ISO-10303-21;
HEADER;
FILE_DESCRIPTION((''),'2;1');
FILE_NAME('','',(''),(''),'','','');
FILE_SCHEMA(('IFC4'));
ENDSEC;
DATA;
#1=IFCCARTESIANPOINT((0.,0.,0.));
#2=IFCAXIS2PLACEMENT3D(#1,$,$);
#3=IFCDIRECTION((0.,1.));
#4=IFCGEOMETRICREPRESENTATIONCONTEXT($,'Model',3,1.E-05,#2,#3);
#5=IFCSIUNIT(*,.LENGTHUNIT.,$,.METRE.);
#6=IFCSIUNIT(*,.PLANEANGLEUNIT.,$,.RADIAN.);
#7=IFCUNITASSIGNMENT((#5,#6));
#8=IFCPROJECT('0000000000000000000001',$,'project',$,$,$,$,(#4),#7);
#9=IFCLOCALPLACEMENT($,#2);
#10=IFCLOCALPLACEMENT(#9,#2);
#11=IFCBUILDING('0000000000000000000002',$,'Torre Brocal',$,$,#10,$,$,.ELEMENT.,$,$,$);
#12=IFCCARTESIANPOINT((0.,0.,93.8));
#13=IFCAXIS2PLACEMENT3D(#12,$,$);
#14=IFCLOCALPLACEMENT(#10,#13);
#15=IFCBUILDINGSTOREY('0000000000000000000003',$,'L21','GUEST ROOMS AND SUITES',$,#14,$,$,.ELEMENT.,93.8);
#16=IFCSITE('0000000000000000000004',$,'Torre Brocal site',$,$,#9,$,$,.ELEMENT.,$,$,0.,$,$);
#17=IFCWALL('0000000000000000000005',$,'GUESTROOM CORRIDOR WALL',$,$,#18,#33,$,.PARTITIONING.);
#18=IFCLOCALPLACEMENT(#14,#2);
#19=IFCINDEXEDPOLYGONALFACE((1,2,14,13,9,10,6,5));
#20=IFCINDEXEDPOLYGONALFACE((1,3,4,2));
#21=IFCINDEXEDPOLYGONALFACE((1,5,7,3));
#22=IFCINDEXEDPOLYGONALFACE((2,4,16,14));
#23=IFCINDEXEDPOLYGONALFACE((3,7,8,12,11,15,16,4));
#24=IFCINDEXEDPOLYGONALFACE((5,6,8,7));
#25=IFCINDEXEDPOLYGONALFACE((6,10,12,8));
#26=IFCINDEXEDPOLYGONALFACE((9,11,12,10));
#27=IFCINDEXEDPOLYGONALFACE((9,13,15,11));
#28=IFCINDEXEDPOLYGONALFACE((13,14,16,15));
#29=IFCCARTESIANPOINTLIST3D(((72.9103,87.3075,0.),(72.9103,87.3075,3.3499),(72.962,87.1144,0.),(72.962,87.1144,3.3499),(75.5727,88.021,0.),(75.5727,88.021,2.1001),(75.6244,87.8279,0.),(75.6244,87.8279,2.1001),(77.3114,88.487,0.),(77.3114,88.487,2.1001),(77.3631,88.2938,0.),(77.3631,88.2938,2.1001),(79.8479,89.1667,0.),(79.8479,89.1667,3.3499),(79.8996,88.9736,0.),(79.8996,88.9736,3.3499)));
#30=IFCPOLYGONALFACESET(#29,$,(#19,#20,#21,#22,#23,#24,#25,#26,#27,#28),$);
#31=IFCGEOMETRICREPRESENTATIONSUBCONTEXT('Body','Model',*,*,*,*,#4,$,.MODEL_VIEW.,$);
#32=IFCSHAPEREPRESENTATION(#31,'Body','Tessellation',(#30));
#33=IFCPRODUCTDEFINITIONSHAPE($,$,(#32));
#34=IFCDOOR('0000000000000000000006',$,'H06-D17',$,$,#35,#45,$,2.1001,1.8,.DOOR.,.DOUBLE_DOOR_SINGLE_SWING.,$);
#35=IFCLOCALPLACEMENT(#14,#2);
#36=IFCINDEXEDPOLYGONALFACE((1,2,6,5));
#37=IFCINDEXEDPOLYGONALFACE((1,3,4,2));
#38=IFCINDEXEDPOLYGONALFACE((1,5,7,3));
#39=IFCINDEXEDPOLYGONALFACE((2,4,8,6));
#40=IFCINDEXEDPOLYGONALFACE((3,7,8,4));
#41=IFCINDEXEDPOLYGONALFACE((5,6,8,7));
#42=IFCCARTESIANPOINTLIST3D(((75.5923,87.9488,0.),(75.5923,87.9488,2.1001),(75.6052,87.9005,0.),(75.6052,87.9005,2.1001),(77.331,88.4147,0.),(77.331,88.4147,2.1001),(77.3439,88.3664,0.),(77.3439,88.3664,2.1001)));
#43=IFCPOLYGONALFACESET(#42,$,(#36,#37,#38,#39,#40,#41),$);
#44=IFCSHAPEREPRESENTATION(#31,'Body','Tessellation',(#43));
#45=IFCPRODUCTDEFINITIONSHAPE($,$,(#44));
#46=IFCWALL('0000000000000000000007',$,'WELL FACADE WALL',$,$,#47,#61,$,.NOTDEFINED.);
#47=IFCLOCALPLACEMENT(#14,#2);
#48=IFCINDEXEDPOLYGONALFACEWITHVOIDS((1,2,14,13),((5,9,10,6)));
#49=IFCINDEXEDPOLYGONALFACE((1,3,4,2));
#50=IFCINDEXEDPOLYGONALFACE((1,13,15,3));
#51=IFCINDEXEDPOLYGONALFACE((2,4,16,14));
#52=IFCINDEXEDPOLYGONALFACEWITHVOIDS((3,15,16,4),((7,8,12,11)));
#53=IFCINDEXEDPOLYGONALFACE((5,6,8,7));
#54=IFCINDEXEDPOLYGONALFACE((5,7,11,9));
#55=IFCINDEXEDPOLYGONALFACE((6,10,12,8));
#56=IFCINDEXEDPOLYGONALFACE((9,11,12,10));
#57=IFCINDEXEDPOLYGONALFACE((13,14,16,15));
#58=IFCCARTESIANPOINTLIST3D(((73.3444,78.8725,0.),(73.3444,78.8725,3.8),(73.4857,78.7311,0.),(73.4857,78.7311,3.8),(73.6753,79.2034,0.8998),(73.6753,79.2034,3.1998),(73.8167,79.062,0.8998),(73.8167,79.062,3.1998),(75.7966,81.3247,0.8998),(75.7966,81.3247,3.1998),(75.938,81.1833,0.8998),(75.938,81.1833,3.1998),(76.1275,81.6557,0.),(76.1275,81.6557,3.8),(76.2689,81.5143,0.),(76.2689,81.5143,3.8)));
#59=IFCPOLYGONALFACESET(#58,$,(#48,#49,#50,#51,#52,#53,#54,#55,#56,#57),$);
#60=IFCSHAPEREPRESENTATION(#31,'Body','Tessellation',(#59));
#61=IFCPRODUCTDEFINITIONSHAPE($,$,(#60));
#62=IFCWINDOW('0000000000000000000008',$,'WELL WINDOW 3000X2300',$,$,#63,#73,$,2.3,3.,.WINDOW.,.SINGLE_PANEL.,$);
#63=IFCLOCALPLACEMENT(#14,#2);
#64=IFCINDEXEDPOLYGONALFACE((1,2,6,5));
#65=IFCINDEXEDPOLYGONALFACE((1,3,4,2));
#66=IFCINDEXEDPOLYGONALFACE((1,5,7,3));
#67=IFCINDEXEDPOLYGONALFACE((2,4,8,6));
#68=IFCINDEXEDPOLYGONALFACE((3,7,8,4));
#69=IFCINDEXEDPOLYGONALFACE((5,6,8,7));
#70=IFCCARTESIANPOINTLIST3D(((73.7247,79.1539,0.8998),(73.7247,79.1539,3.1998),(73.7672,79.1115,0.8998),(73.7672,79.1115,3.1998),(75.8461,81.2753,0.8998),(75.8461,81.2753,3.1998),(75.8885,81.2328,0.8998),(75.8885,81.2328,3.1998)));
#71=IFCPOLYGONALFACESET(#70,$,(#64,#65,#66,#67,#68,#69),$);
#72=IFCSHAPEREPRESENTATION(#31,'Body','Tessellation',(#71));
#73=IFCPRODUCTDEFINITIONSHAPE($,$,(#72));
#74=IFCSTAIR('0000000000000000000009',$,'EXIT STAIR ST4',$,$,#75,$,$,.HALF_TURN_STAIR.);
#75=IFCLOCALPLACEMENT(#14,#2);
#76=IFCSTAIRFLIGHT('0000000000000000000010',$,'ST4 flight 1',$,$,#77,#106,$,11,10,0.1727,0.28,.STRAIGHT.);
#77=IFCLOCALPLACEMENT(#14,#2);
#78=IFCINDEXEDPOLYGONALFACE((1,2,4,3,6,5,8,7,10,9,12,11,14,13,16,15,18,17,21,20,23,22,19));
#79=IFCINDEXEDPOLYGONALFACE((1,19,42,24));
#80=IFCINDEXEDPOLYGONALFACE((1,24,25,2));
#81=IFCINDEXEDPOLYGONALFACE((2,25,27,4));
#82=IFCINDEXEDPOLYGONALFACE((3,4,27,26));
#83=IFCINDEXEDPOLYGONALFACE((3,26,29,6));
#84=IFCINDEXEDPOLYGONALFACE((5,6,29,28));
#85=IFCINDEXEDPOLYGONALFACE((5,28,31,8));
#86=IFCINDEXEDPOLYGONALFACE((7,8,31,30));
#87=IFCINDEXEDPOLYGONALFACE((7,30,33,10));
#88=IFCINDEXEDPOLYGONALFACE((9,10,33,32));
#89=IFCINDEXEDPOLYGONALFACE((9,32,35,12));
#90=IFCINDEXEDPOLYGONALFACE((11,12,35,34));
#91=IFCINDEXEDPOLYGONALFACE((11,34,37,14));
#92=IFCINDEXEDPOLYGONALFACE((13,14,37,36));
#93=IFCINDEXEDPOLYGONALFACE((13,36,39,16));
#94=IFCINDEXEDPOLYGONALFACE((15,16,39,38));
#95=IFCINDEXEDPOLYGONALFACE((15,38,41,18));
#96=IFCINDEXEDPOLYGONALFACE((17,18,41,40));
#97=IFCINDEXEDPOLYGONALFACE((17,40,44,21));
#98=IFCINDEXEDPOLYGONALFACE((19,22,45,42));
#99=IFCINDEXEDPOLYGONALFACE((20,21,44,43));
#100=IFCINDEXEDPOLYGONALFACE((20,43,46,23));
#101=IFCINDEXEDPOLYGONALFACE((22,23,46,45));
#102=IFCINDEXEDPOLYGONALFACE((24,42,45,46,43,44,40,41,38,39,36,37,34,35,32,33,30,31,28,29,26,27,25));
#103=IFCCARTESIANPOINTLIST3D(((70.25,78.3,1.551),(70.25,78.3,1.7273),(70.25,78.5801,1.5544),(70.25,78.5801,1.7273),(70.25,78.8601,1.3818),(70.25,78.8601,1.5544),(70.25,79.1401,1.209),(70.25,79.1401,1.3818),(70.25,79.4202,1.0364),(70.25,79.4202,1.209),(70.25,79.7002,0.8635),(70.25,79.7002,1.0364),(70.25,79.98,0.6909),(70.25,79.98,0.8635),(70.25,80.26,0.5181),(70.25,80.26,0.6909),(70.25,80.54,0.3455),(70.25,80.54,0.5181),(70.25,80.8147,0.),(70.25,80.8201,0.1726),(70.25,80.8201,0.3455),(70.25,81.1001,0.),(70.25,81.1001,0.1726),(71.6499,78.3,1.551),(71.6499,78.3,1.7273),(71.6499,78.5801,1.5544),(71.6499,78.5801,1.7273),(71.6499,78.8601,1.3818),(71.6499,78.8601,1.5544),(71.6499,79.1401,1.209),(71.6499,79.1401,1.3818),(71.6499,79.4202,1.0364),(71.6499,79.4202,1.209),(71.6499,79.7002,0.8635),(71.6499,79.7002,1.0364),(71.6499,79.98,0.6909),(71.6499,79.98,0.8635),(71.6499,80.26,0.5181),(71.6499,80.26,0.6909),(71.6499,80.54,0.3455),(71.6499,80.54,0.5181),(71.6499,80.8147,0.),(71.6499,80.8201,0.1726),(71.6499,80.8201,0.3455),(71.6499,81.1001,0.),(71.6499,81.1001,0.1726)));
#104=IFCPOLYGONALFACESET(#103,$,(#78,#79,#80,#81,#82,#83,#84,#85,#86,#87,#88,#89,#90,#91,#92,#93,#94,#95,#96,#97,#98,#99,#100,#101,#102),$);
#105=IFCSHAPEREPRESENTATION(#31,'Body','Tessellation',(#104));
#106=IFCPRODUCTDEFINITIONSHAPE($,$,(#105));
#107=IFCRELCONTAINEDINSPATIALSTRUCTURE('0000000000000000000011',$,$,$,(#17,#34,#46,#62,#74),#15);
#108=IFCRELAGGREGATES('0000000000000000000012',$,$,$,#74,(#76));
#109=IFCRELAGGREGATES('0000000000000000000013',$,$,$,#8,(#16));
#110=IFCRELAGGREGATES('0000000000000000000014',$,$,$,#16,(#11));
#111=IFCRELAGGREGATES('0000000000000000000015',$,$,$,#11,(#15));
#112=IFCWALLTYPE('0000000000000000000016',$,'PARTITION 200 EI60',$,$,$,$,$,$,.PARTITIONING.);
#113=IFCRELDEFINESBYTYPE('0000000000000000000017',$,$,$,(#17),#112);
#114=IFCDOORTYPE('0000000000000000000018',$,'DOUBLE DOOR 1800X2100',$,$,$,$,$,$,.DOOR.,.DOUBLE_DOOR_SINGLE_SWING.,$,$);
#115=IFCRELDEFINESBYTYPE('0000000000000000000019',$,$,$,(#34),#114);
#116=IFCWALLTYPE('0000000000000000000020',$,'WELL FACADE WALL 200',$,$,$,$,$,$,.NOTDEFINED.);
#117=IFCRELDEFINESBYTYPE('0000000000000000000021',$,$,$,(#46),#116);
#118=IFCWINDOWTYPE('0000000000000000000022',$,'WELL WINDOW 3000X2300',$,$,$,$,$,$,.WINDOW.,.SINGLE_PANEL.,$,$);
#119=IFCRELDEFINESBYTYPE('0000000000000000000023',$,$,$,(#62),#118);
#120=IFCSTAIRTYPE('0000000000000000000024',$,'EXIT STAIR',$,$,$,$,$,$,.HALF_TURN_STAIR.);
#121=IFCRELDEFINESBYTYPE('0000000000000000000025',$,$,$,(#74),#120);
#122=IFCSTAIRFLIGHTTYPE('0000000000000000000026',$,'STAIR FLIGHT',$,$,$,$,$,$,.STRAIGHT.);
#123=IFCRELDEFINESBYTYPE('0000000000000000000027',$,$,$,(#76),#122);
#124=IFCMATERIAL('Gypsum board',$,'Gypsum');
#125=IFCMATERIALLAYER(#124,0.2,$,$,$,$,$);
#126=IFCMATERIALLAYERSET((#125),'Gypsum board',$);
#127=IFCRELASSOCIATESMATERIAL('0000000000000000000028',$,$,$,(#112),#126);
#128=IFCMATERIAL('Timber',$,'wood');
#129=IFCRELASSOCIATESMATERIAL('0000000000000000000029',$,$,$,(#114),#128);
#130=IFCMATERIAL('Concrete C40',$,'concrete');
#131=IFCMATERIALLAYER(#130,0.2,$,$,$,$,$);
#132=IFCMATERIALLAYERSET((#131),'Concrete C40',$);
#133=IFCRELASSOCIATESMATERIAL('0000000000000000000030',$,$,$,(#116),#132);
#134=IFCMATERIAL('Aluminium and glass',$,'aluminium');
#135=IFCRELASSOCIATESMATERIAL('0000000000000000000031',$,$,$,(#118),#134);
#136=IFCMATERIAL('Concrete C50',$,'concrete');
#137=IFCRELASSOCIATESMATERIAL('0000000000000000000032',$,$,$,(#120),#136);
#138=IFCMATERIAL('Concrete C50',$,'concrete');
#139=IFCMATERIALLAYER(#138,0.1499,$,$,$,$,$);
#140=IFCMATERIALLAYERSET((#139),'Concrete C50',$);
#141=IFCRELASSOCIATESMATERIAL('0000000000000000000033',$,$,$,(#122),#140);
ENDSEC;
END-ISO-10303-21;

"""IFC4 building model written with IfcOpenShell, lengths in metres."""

from ifc_helpers import new_model, si_unit, direction, frame, frame_2d, origin, place, context, subcontext, project, spatial, polyline, rectangle, outline, extrude, material, layer, layer_set, type_object, element, fill, aggregate, save


model = new_model("IFC4")

# Units and contexts
model_context = context("Model", 3, precision=1e-05, world=origin(), true_north=direction((0.0, 1.0)))
body_context = subcontext(model_context, "Body", "Model", "MODEL_VIEW")
ifc_project = project(units=[si_unit("LENGTHUNIT", "METRE"), si_unit("PLANEANGLEUNIT", "RADIAN")], contexts=[model_context])

# Site, building, storey
site_placement = place(None, origin())
site = spatial("IfcSite", under=ifc_project, at=site_placement, Name="Torre Brocal site", CompositionType="ELEMENT", RefElevation=0.0)
building_placement = place(site_placement, origin())
building = spatial("IfcBuilding", under=site, at=building_placement, Name="Torre Brocal", CompositionType="ELEMENT")
storey_placement = place(building_placement, frame((0.0, 0.0, 93.8)))
storey = spatial("IfcBuildingStorey", under=building, at=storey_placement, Name="L21", Description="GUEST ROOMS AND SUITES", CompositionType="ELEMENT", Elevation=93.8)

# Shared definitions
ifc_material_1 = material(Name="Gypsum board", Category="Gypsum")
ifc_layer_1 = layer(ifc_material_1, 0.2)
ifc_layer_set_1 = layer_set([ifc_layer_1], Name="Gypsum board")
wall_type_1 = type_object("IfcWallType", Name="PARTITION 200 EI60", PredefinedType="PARTITIONING", material=ifc_layer_set_1)

# Wall, opening, door
wall_1_placement = place(storey_placement, frame((72.936, 87.2109, 0.0), z_axis=(0.0, 0.0, 1.0), x_axis=(0.965918, 0.258849, 0.0)))
wall_1 = element("IfcWall", 1, at=wall_1_placement, inside=storey, type_object=wall_type_1, Name="GUESTROOM CORRIDOR WALL", PredefinedType="PARTITIONING", context=body_context, shape_type="SweptSolid", body=[
    extrude(rectangle(XDim=7.1824, YDim=0.2, at=frame_2d((3.5913, 0.0))), origin(), (0.0, 0.0, 1.0), 3.3499),
])
opening_1_placement = place(wall_1_placement, frame((2.7566, 0.0, 0.0)))
opening_1 = element("IfcOpeningElement", 2, at=opening_1_placement, cuts=wall_1, PredefinedType="OPENING", context=body_context, shape_type="SweptSolid", body=[
    extrude(rectangle(XDim=1.8, YDim=2.1001, at=frame_2d((0.8999, 1.05))), frame((0.0, 0.1099, 0.0), z_axis=(0.0, -1.0, 0.0), x_axis=(1.0, 0.0, 0.0)), (0.0, 0.0, 1.0), 0.22),
])
ifc_material_2 = material(Name="Timber", Category="wood")
door_type_1 = type_object("IfcDoorType", Name="DOUBLE DOOR 1800X2100", OperationType="DOUBLE_DOOR_SINGLE_SWING", PredefinedType="DOOR", material=ifc_material_2)
door_1_placement = place(opening_1_placement, frame((1.8, 0.0, 0.0), z_axis=(0.0, 0.0, 1.0), x_axis=(-1.0, 0.0, 0.0)))
door_1 = element("IfcDoor", 3, at=door_1_placement, inside=storey, type_object=door_type_1, Name="H06-D17", OperationType="DOUBLE_DOOR_SINGLE_SWING", OverallHeight=2.1001, OverallWidth=1.8, PredefinedType="DOOR", context=body_context, shape_type="SweptSolid", body=[
    extrude(rectangle(XDim=1.8, YDim=2.1001, at=frame_2d((0.8999, 1.05))), frame((0.0, 0.0249, 0.0), z_axis=(0.0, -1.0, 0.0), x_axis=(1.0, 0.0, 0.0)), (0.0, 0.0, 1.0), 0.05),
])
fill(opening_1, door_1)

# Wall, opening, window
ifc_material_3 = material(Name="Concrete C40", Category="concrete")
ifc_layer_2 = layer(ifc_material_3, 0.2)
ifc_layer_set_2 = layer_set([ifc_layer_2], Name="Concrete C40")
wall_type_2 = type_object("IfcWallType", Name="WELL FACADE WALL 200", PredefinedType="NOTDEFINED", material=ifc_layer_set_2)
wall_2_placement = place(storey_placement, frame((76.1982, 81.585, 0.0), z_axis=(0.0, 0.0, 1.0), x_axis=(-0.707107, -0.707107, 0.0)))
wall_2 = element("IfcWall", 4, at=wall_2_placement, inside=storey, type_object=wall_type_2, Name="WELL FACADE WALL", PredefinedType="NOTDEFINED", context=body_context, shape_type="SweptSolid", body=[
    extrude(rectangle(XDim=3.936, YDim=0.2, at=frame_2d((1.968, 0.0))), origin(), (0.0, 0.0, 1.0), 3.8),
])
opening_2_placement = place(wall_2_placement, frame((0.468, 0.0, 0.8999)))
opening_2 = element("IfcOpeningElement", 5, at=opening_2_placement, cuts=wall_2, PredefinedType="OPENING", context=body_context, shape_type="SweptSolid", body=[
    extrude(rectangle(XDim=3.0, YDim=2.3, at=frame_2d((1.5, 1.1499))), frame((0.0, 0.1099, 0.0), z_axis=(0.0, -1.0, 0.0), x_axis=(1.0, 0.0, 0.0)), (0.0, 0.0, 1.0), 0.22),
])
ifc_material_4 = material(Name="Aluminium and glass", Category="aluminium")
window_type = type_object("IfcWindowType", Name="WELL WINDOW 3000X2300", PartitioningType="SINGLE_PANEL", PredefinedType="WINDOW", material=ifc_material_4)
window_placement = place(opening_2_placement, origin())
window = element("IfcWindow", 6, at=window_placement, inside=storey, type_object=window_type, Name="WELL WINDOW 3000X2300", OverallHeight=2.3, OverallWidth=3.0, PartitioningType="SINGLE_PANEL", PredefinedType="WINDOW", context=body_context, shape_type="SweptSolid", body=[
    extrude(rectangle(XDim=3.0, YDim=2.3, at=frame_2d((1.5, 1.1499))), frame((0.0, 0.03, 0.0), z_axis=(0.0, -1.0, 0.0), x_axis=(1.0, 0.0, 0.0)), (0.0, 0.0, 1.0), 0.0601),
])
fill(opening_2, window)

# Stair, stair flight
ifc_material_5 = material(Name="Concrete C50", Category="concrete")
stair_type = type_object("IfcStairType", Name="EXIT STAIR", PredefinedType="HALF_TURN_STAIR", material=ifc_material_5)
stair_placement = place(storey_placement, origin())
stair = element("IfcStair", 7, at=stair_placement, inside=storey, type_object=stair_type, Name="EXIT STAIR ST4", PredefinedType="HALF_TURN_STAIR")
ifc_material_6 = material(Name="Concrete C50", Category="concrete")
ifc_layer_3 = layer(ifc_material_6, 0.1499)
ifc_layer_set_3 = layer_set([ifc_layer_3], Name="Concrete C50")
stair_flight_type = type_object("IfcStairFlightType", Name="STAIR FLIGHT", PredefinedType="STRAIGHT", material=ifc_layer_set_3)
stair_flight_placement = place(storey_placement, frame((70.95, 81.1001, 0.0), z_axis=(0.0, 0.0, 1.0), x_axis=(0.0, -1.0, 0.0)))
stair_flight = element("IfcStairFlight", 8, at=stair_flight_placement, type_object=stair_flight_type, Name="ST4 flight 1", NumberOfRisers=11, NumberOfTreads=10, PredefinedType="STRAIGHT", RiserHeight=0.1727, TreadLength=0.28, context=body_context, shape_type="SweptSolid", body=[
    extrude(outline(polyline([(0.0, 0.0), (0.0, 0.1726), (0.28, 0.1726), (0.28, 0.3455), (0.5601, 0.3455), (0.5601, 0.5181), (0.8401, 0.5181), (0.8401, 0.6909), (1.1201, 0.6909), (1.1201, 0.8635), (1.3999, 0.8635), (1.3999, 1.0364), (1.6799, 1.0364), (1.6799, 1.209), (1.96, 1.209), (1.96, 1.3818), (2.24, 1.3818), (2.24, 1.5544), (2.52, 1.5544), (2.52, 1.7273), (2.8, 1.7273), (2.8, 1.8999), (2.8, 1.551), (0.2854, 0.0), (0.0, 0.0)])), frame((0.0, 0.7, 0.0), z_axis=(0.0, -1.0, 0.0), x_axis=(1.0, 0.0, 0.0)), (0.0, 0.0, 1.0), 1.3999),
])
aggregate(stair, [stair_flight])

save(model, "model.ifc")
